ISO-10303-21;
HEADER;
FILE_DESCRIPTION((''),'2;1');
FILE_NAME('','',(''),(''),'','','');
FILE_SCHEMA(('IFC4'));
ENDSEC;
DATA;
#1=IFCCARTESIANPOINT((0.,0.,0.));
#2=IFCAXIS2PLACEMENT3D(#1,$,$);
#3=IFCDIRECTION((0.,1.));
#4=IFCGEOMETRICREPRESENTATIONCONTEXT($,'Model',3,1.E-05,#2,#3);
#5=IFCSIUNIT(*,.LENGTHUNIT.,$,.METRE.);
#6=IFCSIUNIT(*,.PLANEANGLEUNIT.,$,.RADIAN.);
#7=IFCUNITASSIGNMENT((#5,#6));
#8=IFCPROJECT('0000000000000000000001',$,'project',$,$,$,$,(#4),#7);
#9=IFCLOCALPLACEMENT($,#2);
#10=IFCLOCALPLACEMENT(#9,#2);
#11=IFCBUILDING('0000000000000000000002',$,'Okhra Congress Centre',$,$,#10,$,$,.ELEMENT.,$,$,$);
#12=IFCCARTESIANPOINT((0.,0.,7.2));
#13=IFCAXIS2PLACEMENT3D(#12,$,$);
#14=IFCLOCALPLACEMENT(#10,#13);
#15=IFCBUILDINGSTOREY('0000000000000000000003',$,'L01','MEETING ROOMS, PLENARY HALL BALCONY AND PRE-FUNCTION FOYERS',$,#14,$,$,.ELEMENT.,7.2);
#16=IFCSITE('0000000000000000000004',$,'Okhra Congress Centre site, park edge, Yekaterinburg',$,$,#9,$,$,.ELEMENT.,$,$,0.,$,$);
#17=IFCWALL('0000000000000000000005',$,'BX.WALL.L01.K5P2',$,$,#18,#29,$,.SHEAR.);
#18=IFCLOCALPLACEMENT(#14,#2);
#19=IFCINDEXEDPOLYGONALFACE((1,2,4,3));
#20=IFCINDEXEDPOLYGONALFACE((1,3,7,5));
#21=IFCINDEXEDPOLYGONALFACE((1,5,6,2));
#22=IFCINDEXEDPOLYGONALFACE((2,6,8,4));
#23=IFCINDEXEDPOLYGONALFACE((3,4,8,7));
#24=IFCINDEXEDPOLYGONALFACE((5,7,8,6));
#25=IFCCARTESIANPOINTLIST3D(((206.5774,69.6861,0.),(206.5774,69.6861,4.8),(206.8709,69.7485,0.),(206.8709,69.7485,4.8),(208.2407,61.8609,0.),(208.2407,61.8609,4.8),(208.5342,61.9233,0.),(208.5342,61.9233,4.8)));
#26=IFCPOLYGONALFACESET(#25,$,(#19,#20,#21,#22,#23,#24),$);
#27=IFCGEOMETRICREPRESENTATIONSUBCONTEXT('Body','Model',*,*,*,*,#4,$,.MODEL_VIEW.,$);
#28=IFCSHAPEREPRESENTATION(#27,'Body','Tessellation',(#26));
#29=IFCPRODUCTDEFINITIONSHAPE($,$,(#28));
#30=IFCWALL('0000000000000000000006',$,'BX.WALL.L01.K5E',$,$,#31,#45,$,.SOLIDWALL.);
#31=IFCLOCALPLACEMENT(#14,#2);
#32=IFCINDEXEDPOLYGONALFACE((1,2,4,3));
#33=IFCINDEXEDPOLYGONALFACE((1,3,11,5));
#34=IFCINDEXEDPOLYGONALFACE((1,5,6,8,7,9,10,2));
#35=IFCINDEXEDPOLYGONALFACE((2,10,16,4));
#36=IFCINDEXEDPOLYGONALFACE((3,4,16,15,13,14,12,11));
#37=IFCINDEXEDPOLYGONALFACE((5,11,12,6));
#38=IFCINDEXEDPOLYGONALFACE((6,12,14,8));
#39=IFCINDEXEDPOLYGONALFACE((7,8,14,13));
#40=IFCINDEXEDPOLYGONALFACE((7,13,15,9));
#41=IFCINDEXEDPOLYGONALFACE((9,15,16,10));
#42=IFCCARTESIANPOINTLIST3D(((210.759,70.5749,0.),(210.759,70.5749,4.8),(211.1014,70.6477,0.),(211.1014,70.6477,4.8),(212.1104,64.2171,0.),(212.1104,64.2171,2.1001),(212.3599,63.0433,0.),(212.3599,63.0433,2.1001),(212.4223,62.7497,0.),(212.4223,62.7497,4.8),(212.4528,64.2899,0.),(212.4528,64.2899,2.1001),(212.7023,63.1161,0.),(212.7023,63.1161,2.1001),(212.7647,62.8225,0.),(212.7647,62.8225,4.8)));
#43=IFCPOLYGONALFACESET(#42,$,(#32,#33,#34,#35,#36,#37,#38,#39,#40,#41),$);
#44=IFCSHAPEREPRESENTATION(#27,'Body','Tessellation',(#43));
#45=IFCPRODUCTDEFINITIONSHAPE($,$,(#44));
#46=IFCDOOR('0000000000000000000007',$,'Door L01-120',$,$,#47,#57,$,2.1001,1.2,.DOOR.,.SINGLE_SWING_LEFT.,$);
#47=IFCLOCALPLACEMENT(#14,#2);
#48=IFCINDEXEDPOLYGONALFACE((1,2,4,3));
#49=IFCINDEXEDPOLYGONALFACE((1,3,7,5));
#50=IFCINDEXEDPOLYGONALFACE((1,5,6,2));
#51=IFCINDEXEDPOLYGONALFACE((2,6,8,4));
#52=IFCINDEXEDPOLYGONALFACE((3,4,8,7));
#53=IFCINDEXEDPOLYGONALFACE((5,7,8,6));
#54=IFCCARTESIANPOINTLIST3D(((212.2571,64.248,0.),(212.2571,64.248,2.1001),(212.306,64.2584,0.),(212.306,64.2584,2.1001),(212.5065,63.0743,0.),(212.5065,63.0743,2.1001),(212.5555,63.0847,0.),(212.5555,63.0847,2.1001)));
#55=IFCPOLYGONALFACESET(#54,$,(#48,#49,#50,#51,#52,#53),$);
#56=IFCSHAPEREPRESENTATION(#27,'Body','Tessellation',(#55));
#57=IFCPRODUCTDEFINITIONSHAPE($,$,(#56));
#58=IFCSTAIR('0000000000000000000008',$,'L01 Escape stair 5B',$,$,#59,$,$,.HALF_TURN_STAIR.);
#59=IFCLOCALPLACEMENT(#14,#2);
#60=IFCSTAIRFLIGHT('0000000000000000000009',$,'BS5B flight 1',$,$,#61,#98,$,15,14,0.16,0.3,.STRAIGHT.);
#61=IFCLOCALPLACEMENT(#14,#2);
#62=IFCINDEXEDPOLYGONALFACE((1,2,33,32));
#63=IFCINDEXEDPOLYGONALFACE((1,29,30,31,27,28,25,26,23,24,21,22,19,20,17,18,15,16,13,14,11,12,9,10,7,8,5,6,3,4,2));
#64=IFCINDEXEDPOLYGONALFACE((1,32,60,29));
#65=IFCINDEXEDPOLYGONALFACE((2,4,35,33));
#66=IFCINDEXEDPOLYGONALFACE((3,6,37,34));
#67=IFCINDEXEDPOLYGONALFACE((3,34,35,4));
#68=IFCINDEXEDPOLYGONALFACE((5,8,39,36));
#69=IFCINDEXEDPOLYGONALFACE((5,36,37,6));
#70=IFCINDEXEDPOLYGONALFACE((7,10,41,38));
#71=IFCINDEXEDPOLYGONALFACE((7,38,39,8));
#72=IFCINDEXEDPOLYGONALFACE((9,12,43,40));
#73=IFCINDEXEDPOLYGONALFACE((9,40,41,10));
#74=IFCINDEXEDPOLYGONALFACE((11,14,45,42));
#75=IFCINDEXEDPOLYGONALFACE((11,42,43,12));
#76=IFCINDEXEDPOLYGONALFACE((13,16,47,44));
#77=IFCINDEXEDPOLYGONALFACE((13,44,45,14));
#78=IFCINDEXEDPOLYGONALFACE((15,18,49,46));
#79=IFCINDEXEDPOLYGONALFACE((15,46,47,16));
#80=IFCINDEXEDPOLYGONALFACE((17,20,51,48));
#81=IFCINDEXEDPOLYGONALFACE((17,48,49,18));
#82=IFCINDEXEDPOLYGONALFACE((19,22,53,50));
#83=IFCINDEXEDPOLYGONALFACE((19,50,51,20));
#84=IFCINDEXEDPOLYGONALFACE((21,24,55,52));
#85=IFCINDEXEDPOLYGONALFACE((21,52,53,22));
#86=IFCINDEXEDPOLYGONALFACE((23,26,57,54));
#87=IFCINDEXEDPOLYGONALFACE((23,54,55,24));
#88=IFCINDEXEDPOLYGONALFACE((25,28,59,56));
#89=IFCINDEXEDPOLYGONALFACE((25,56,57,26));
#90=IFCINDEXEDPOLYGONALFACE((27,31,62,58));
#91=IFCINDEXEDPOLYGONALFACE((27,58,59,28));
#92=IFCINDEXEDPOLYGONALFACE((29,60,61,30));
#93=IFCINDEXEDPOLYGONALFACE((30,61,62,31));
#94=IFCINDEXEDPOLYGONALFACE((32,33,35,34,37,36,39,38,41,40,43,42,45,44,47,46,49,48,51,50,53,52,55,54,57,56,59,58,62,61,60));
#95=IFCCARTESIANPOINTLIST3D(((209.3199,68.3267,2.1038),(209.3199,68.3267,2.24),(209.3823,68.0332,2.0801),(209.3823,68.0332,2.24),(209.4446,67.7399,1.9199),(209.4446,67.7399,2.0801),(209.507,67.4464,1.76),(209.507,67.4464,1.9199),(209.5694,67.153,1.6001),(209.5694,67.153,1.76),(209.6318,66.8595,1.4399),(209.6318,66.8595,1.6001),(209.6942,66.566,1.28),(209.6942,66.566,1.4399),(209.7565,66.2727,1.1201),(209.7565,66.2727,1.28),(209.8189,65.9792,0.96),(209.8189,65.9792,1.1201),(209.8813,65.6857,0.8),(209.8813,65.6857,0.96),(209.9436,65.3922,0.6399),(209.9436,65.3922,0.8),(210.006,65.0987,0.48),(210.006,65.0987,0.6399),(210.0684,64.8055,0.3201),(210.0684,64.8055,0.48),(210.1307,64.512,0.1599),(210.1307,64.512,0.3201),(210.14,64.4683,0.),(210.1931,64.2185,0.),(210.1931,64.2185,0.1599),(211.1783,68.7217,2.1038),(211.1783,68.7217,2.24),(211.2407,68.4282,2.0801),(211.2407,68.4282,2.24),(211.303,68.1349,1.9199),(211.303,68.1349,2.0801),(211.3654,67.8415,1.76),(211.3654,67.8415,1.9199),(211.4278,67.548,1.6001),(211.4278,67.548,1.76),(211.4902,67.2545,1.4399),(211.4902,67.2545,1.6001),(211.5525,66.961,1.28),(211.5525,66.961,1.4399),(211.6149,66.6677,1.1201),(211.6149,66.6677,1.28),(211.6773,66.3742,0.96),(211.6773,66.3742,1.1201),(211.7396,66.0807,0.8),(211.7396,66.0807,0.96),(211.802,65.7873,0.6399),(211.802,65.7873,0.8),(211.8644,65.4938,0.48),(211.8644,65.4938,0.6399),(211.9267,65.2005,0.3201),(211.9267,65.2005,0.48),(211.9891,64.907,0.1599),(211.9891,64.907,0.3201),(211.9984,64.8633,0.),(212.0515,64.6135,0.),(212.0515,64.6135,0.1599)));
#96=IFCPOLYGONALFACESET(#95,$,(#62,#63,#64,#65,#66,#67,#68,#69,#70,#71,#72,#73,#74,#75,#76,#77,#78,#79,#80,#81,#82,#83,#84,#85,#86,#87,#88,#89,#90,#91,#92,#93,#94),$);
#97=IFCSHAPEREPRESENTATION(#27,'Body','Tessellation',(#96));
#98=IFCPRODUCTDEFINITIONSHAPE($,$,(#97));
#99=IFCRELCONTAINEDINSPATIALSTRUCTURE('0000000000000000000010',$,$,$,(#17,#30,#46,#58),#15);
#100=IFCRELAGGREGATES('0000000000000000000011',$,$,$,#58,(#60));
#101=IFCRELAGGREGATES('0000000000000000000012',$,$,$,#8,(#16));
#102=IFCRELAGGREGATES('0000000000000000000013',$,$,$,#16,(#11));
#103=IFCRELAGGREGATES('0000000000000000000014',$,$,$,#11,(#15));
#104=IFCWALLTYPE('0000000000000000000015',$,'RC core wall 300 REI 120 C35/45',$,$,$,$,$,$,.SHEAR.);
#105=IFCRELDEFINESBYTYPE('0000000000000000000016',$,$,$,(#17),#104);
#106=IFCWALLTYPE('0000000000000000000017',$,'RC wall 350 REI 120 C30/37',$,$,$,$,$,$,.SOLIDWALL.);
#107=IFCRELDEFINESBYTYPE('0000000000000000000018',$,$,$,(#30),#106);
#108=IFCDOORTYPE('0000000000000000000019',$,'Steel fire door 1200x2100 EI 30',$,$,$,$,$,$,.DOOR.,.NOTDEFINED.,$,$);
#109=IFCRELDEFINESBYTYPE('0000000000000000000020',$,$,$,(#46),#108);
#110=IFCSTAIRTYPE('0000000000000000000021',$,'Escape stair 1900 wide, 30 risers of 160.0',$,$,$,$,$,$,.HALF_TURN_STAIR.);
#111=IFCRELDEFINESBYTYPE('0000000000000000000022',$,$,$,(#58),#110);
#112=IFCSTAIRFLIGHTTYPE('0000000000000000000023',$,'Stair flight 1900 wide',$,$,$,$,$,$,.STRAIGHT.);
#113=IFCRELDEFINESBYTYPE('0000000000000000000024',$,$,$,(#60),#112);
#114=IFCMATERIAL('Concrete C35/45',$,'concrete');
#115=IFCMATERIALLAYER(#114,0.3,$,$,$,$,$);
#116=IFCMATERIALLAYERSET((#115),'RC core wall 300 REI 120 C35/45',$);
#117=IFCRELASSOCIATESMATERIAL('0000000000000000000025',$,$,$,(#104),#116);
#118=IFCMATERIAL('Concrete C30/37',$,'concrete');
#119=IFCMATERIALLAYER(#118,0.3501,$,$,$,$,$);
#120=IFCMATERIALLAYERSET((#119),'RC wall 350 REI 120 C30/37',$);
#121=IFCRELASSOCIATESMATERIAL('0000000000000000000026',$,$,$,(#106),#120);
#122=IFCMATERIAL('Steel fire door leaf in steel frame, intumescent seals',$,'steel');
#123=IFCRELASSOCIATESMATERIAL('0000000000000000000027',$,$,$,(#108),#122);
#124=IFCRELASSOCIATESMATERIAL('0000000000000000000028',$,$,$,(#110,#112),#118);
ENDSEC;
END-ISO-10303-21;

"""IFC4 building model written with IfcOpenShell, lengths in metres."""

from ifc_helpers import new_model, si_unit, direction, frame, frame_2d, origin, place, context, subcontext, project, spatial, polyline, rectangle, outline, extrude, material, layer, layer_set, type_object, element, fill, aggregate, save


model = new_model("IFC4")

# Units and contexts
model_context = context("Model", 3, precision=1e-05, world=origin(), true_north=direction((0.0, 1.0)))
body_context = subcontext(model_context, "Body", "Model", "MODEL_VIEW")
ifc_project = project(units=[si_unit("LENGTHUNIT", "METRE"), si_unit("PLANEANGLEUNIT", "RADIAN")], contexts=[model_context])

# Site, building, storey
site_placement = place(None, origin())
site = spatial("IfcSite", under=ifc_project, at=site_placement, Name="Okhra Congress Centre site, park edge, Yekaterinburg", CompositionType="ELEMENT", RefElevation=0.0)
building_placement = place(site_placement, origin())
building = spatial("IfcBuilding", under=site, at=building_placement, Name="Okhra Congress Centre", CompositionType="ELEMENT")
storey_placement = place(building_placement, frame((0.0, 0.0, 7.2)))
storey = spatial("IfcBuildingStorey", under=building, at=storey_placement, Name="L01", Description="MEETING ROOMS, PLENARY HALL BALCONY AND PRE-FUNCTION FOYERS", CompositionType="ELEMENT", Elevation=7.2)

# Wall
ifc_material_1 = material(Name="Concrete C35/45", Category="concrete")
ifc_layer_1 = layer(ifc_material_1, 0.3)
ifc_layer_set_1 = layer_set([ifc_layer_1], Name="RC core wall 300 REI 120 C35/45")
wall_type_1 = type_object("IfcWallType", Name="RC core wall 300 REI 120 C35/45", PredefinedType="SHEAR", material=ifc_layer_set_1)
wall_1_placement = place(storey_placement, frame((208.3875, 61.8921, 0.0), z_axis=(0.0, 0.0, 1.0), x_axis=(-0.207916, 0.978147, 0.0)))
element("IfcWall", 1, at=wall_1_placement, inside=storey, type_object=wall_type_1, Name="BX.WALL.L01.K5P2", PredefinedType="SHEAR", context=body_context, shape_type="SweptSolid", body=[
    extrude(rectangle(XDim=8.0, YDim=0.3, at=frame_2d((4.0, 0.0))), origin(), (0.0, 0.0, 1.0), 4.8),
])

# Wall, opening, door
ifc_material_2 = material(Name="Concrete C30/37", Category="concrete")
ifc_layer_2 = layer(ifc_material_2, 0.3501)
ifc_layer_set_2 = layer_set([ifc_layer_2], Name="RC wall 350 REI 120 C30/37")
wall_type_2 = type_object("IfcWallType", Name="RC wall 350 REI 120 C30/37", PredefinedType="SOLIDWALL", material=ifc_layer_set_2)
wall_2_placement = place(storey_placement, frame((212.5935, 62.7861, 0.0), z_axis=(0.0, 0.0, 1.0), x_axis=(-0.207916, 0.978147, 0.0)))
wall_2 = element("IfcWall", 2, at=wall_2_placement, inside=storey, type_object=wall_type_2, Name="BX.WALL.L01.K5E", PredefinedType="SOLIDWALL", context=body_context, shape_type="SweptSolid", body=[
    extrude(rectangle(XDim=8.0, YDim=0.3501, at=frame_2d((4.0, 0.0))), origin(), (0.0, 0.0, 1.0), 4.8),
])
opening_1_placement = place(wall_2_placement, frame((0.3, 0.0, 0.0)))
opening_1 = element("IfcOpeningElement", 3, at=opening_1_placement, cuts=wall_2, PredefinedType="OPENING", context=body_context, shape_type="SweptSolid", body=[
    extrude(rectangle(XDim=1.2, YDim=2.1001, at=frame_2d((0.6001, 1.05))), frame((0.0, 0.1851, 0.0), z_axis=(0.0, -1.0, 0.0), x_axis=(1.0, 0.0, 0.0)), (0.0, 0.0, 1.0), 0.3701),
])
ifc_material_3 = material(Name="Steel fire door leaf in steel frame, intumescent seals", Category="steel")
door_type = type_object("IfcDoorType", Name="Steel fire door 1200x2100 EI 30", OperationType="NOTDEFINED", PredefinedType="DOOR", material=ifc_material_3)
door_placement = place(opening_1_placement, frame((1.2, 0.0, 0.0), z_axis=(0.0, 0.0, 1.0), x_axis=(-1.0, 0.0, 0.0)))
door = element("IfcDoor", 4, at=door_placement, inside=storey, type_object=door_type, Name="Door L01-120", OperationType="SINGLE_SWING_LEFT", OverallHeight=2.1001, OverallWidth=1.2, PredefinedType="DOOR", context=body_context, shape_type="SweptSolid", body=[
    extrude(rectangle(XDim=1.2, YDim=2.1001, at=frame_2d((0.6001, 1.05))), frame((0.0, 0.0249, 0.0), z_axis=(0.0, -1.0, 0.0), x_axis=(1.0, 0.0, 0.0)), (0.0, 0.0, 1.0), 0.05),
])
fill(opening_1, door)

# Stair, stair flight
stair_type = type_object("IfcStairType", Name="Escape stair 1900 wide, 30 risers of 160.0", PredefinedType="HALF_TURN_STAIR", material=ifc_material_2)
stair_placement = place(storey_placement, origin())
stair = element("IfcStair", 5, at=stair_placement, inside=storey, type_object=stair_type, Name="L01 Escape stair 5B", PredefinedType="HALF_TURN_STAIR")
stair_flight_type = type_object("IfcStairFlightType", Name="Stair flight 1900 wide", PredefinedType="STRAIGHT", material=ifc_material_2)
stair_flight_placement = place(storey_placement, frame((211.1223, 64.416, 0.0), z_axis=(0.0, 0.0, 1.0), x_axis=(-0.207912, 0.978148, 0.0)))
stair_flight = element("IfcStairFlight", 6, at=stair_flight_placement, type_object=stair_flight_type, Name="BS5B flight 1", NumberOfRisers=15, NumberOfTreads=14, PredefinedType="STRAIGHT", RiserHeight=0.16, TreadLength=0.3, context=body_context, shape_type="SweptSolid", body=[
    extrude(outline(polyline([(0.0, 0.0), (0.0, 0.1599), (0.3, 0.1599), (0.3, 0.3201), (0.6001, 0.3201), (0.6001, 0.48), (0.8999, 0.48), (0.8999, 0.6399), (1.2, 0.6399), (1.2, 0.8), (1.5, 0.8), (1.5, 0.96), (1.8, 0.96), (1.8, 1.1201), (2.1001, 1.1201), (2.1001, 1.28), (2.3999, 1.28), (2.3999, 1.4399), (2.7, 1.4399), (2.7, 1.6001), (3.0, 1.6001), (3.0, 1.76), (3.3, 1.76), (3.3, 1.9199), (3.6001, 1.9199), (3.6001, 2.0801), (3.8999, 2.0801), (3.8999, 2.24), (4.2, 2.24), (4.2, 2.3999), (4.2, 2.1038), (0.2554, 0.0), (0.0, 0.0)])), frame((0.0, 0.95, 0.0), z_axis=(0.0, -1.0, 0.0), x_axis=(1.0, 0.0, 0.0)), (0.0, 0.0, 1.0), 1.8999),
])
aggregate(stair, [stair_flight])

save(model, "model.ifc")
